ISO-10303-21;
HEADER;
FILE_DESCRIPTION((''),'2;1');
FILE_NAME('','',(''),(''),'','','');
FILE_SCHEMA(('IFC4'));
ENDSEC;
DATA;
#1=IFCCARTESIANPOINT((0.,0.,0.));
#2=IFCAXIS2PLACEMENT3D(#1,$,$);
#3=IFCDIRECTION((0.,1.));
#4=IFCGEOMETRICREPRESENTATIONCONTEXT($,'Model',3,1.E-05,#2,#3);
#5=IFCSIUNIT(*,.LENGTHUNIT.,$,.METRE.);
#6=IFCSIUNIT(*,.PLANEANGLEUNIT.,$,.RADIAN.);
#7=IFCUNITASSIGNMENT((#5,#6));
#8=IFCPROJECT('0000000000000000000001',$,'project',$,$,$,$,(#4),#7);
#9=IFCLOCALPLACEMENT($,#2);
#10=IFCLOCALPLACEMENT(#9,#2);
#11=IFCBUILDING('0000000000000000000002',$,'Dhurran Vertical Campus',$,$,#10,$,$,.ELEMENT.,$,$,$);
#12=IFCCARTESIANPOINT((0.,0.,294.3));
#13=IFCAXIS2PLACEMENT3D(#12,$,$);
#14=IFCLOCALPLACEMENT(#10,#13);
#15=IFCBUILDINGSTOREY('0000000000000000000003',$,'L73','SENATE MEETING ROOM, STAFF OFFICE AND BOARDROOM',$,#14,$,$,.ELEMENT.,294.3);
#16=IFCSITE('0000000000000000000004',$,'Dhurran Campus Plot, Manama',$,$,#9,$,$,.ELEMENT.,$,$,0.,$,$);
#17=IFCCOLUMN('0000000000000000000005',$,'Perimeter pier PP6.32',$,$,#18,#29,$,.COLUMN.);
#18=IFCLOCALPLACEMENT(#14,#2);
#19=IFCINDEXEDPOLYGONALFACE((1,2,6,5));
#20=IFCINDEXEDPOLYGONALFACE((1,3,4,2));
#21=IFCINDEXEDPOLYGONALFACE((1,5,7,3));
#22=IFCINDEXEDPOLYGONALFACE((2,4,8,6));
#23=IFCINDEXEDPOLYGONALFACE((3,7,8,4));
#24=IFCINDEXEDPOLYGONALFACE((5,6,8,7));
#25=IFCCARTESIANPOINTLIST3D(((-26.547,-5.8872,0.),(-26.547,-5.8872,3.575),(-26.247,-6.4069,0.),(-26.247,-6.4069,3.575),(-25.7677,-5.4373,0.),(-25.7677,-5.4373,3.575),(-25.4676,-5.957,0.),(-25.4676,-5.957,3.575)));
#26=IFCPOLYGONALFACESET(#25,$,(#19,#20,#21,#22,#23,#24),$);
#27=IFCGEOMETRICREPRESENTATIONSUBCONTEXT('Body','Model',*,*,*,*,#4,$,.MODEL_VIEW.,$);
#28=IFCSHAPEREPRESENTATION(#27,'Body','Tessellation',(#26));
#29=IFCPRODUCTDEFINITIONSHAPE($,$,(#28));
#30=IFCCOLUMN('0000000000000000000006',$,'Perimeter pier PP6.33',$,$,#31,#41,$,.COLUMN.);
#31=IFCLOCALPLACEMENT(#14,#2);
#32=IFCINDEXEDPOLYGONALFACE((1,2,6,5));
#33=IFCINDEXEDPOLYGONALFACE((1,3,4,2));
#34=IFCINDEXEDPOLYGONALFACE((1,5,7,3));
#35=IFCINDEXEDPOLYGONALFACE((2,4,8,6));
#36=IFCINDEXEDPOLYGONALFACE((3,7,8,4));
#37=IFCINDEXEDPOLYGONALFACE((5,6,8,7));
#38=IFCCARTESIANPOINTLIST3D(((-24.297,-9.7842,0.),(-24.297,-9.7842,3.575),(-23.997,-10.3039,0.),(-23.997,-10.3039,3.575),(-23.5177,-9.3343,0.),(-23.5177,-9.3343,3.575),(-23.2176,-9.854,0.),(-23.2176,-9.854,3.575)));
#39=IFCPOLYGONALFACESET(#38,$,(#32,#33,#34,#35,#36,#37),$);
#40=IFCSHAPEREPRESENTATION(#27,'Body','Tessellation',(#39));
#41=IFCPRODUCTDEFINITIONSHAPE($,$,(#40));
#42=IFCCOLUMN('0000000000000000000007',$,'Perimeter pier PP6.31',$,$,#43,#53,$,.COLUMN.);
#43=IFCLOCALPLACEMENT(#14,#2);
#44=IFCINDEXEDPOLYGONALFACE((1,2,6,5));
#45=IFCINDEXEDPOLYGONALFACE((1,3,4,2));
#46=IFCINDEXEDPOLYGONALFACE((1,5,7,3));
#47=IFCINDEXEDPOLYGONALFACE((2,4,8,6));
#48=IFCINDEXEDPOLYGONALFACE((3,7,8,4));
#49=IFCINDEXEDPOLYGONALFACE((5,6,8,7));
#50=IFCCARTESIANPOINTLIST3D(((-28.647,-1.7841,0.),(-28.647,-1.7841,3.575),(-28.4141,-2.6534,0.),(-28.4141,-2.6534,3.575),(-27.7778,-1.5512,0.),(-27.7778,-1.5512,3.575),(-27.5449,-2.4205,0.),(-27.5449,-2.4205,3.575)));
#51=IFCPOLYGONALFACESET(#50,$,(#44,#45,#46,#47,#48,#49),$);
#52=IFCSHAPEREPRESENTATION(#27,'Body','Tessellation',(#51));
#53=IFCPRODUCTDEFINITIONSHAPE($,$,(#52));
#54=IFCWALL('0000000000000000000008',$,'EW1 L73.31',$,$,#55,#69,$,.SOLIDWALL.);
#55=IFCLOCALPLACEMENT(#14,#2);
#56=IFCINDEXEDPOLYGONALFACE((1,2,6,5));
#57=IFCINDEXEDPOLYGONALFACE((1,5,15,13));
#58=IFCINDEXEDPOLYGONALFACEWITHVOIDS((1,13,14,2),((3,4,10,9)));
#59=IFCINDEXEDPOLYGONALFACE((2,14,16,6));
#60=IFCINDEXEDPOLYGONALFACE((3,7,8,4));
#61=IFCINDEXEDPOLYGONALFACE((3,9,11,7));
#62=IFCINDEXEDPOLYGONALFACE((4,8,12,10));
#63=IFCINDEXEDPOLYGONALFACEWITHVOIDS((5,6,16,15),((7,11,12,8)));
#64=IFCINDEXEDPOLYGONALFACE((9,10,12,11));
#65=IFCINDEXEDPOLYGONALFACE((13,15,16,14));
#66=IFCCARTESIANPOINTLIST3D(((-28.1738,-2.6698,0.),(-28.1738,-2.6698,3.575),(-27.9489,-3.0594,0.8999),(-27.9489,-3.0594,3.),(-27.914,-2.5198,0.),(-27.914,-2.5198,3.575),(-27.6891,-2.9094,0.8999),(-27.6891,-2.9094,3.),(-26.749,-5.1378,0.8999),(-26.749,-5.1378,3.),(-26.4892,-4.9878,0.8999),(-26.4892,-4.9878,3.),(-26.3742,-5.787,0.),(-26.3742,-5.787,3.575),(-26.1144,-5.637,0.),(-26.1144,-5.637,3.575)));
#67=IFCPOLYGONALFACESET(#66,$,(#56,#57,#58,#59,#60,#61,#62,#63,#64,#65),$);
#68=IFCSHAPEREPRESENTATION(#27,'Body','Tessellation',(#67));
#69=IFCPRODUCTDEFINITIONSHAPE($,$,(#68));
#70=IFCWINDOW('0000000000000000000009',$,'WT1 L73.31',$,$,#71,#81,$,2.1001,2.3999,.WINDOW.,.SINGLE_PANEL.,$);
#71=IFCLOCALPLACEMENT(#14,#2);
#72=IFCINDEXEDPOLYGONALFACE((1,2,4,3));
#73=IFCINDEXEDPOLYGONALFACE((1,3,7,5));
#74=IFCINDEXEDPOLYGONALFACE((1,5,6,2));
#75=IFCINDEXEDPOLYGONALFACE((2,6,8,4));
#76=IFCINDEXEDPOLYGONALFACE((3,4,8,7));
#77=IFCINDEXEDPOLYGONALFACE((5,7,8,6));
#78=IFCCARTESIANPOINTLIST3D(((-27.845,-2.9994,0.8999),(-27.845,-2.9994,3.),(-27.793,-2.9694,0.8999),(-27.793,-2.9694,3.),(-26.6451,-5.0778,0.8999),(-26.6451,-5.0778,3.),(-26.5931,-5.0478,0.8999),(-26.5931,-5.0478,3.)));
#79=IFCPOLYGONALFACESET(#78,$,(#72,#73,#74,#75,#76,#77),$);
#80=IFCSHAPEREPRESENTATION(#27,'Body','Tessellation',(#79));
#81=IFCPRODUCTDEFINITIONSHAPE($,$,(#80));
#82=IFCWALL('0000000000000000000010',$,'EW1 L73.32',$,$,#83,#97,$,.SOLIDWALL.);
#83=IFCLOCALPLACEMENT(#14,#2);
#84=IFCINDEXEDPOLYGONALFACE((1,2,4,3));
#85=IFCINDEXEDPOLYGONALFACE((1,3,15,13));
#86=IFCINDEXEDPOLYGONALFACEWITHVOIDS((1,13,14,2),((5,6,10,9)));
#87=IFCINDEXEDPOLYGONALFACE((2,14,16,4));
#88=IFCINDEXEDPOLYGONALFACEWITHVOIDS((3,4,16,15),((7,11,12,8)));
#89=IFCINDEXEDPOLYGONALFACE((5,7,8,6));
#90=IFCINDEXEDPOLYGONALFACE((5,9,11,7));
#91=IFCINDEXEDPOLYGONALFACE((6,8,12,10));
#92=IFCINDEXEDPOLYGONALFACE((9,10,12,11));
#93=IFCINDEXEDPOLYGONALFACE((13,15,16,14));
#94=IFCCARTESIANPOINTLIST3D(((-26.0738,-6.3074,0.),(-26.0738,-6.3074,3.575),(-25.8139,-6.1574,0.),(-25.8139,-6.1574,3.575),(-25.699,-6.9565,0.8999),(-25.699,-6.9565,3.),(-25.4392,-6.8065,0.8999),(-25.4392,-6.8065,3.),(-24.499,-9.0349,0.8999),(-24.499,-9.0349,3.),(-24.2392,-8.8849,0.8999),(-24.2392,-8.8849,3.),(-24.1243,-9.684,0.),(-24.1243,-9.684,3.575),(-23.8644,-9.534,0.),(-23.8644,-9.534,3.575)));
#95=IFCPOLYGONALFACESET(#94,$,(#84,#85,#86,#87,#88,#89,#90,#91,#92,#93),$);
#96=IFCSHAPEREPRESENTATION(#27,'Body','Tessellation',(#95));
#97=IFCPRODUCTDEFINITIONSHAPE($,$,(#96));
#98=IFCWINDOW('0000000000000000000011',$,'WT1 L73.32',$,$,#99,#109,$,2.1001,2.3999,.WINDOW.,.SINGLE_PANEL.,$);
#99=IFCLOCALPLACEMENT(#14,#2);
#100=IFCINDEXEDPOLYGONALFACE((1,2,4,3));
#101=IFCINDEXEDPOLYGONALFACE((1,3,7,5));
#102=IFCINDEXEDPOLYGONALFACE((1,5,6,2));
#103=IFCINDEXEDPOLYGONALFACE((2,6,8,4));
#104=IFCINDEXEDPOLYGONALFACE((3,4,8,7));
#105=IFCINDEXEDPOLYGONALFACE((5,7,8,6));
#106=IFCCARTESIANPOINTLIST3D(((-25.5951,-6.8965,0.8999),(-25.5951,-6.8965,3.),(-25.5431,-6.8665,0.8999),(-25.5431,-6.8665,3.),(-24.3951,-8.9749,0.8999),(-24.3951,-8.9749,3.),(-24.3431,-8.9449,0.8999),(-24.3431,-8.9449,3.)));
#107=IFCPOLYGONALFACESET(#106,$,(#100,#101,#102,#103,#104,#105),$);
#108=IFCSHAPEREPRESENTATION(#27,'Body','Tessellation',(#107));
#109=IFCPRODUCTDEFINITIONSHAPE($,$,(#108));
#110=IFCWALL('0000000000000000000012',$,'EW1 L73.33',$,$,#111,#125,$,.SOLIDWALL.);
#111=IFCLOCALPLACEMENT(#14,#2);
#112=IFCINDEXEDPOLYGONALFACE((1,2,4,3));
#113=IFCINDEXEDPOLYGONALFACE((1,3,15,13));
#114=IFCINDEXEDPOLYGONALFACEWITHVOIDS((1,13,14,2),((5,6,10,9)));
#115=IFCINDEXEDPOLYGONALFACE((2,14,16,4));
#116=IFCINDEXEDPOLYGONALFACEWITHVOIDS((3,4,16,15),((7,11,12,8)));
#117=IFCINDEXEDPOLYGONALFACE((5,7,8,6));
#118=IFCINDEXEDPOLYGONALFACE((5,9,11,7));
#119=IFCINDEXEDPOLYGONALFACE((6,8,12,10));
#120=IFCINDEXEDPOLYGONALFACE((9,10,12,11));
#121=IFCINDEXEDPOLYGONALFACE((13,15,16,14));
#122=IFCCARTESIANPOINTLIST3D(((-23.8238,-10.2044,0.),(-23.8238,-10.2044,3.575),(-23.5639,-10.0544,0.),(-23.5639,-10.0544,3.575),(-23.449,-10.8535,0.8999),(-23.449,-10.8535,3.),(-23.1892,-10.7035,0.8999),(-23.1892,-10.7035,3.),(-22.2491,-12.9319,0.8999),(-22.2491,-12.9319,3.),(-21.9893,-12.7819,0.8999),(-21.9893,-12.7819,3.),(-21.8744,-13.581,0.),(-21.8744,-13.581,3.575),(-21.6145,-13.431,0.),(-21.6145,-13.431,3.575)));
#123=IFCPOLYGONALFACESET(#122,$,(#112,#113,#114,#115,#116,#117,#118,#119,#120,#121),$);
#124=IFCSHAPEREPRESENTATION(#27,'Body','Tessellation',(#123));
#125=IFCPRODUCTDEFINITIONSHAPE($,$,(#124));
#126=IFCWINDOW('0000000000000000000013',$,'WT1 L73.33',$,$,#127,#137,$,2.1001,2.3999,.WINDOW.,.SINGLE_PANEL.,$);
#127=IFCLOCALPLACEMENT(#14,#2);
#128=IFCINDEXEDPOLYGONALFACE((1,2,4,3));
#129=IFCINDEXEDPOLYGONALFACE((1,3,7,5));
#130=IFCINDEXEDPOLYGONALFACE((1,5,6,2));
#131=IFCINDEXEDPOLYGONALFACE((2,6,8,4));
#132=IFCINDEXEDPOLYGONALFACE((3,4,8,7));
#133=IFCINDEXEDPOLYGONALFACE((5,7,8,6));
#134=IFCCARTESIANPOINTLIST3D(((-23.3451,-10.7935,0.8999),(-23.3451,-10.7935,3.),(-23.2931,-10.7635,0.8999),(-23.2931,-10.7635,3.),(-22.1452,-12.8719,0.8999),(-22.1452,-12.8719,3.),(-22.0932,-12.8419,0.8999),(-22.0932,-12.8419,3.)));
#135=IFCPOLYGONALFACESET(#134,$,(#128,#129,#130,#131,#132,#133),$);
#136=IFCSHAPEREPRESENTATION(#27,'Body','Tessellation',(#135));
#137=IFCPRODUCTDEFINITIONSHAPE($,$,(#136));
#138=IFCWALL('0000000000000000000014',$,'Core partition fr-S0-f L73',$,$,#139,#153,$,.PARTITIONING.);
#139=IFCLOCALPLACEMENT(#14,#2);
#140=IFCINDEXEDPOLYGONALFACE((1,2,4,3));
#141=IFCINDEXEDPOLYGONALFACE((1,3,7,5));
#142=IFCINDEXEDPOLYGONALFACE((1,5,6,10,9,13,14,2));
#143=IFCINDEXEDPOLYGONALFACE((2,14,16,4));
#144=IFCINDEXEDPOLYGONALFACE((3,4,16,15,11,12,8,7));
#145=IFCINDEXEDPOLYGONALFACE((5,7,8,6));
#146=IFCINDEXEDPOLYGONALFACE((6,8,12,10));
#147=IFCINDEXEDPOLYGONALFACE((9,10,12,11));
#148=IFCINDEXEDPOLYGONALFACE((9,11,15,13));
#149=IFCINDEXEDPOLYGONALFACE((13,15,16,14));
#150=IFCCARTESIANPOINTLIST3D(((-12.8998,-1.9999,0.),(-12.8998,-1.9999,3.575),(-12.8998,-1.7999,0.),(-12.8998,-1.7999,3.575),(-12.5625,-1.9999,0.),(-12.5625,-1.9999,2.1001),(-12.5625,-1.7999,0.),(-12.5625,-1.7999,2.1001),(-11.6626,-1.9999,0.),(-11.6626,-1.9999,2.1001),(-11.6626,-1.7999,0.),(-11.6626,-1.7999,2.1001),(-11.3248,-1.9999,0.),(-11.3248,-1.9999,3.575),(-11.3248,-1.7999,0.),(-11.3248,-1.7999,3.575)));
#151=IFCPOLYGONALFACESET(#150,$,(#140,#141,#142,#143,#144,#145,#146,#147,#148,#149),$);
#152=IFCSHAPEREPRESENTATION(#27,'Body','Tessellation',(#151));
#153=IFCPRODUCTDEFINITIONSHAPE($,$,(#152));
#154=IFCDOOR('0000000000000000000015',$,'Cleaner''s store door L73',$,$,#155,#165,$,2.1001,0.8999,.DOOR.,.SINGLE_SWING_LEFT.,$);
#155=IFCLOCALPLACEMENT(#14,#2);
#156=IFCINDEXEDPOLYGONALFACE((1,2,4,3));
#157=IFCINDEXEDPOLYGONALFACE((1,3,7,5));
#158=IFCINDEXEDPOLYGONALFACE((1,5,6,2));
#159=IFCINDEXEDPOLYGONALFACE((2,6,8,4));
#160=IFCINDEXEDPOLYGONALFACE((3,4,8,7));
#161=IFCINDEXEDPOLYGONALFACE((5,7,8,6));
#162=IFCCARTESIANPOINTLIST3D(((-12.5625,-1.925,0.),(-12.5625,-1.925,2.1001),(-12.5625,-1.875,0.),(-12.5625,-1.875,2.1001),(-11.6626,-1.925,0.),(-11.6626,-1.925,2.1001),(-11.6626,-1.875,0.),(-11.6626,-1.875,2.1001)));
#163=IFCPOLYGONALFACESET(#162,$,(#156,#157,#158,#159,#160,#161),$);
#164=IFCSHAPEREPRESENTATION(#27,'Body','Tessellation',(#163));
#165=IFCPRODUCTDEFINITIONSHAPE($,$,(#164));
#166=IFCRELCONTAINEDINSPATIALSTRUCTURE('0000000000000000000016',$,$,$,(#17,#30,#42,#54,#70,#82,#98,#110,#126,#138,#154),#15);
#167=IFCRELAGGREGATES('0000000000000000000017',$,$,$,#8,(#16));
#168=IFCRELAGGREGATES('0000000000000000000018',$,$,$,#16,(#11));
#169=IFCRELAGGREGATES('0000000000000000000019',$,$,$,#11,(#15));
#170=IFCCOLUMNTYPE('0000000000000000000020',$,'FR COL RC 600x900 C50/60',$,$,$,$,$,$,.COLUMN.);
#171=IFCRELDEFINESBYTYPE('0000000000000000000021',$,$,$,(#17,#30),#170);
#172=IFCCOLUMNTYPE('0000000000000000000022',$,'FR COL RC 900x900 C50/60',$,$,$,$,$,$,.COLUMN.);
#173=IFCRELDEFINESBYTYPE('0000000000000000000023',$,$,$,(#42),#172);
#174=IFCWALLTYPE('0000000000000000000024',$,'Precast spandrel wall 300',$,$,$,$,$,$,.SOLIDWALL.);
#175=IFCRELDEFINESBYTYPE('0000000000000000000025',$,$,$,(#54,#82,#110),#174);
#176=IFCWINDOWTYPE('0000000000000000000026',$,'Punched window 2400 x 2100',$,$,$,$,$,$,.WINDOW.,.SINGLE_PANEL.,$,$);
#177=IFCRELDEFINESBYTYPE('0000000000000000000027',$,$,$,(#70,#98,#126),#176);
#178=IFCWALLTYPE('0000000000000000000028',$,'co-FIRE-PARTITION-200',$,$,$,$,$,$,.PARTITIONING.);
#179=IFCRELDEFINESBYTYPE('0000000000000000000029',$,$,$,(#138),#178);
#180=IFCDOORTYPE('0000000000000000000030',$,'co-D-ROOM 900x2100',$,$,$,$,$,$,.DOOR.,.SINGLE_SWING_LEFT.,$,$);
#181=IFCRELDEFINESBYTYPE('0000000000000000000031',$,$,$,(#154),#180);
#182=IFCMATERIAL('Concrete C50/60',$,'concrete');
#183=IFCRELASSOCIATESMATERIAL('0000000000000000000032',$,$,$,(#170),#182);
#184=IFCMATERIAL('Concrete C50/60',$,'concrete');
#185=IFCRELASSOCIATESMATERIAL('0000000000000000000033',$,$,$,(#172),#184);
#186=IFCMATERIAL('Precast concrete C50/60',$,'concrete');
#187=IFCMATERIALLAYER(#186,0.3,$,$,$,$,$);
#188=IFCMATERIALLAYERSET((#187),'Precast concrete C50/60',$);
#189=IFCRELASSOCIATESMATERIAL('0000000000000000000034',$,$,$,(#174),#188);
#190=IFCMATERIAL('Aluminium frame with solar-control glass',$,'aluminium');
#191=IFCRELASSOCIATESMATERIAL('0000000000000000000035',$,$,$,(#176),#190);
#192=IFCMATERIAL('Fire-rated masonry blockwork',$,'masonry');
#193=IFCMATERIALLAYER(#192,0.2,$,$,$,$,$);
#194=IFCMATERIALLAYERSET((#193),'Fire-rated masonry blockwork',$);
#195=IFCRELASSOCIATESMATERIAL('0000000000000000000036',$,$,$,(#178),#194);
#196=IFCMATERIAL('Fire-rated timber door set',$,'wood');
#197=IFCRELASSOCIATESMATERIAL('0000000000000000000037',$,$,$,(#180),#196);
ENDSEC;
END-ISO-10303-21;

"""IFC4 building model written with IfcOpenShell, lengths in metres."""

from ifc_helpers import new_model, si_unit, direction, frame, frame_2d, origin, origin_2d, place, context, subcontext, project, spatial, rectangle, extrude, material, layer, layer_set, material_profile, profile_set, type_object, element, fill, save


model = new_model("IFC4")

# Units and contexts
model_context = context("Model", 3, precision=1e-05, world=origin(), true_north=direction((0.0, 1.0)))
body_context = subcontext(model_context, "Body", "Model", "MODEL_VIEW")
ifc_project = project(units=[si_unit("LENGTHUNIT", "METRE"), si_unit("PLANEANGLEUNIT", "RADIAN")], contexts=[model_context])

# Site, building, storey
site_placement = place(None, origin())
site = spatial("IfcSite", under=ifc_project, at=site_placement, Name="Dhurran Campus Plot, Manama", CompositionType="ELEMENT", RefElevation=0.0)
building_placement = place(site_placement, origin())
building = spatial("IfcBuilding", under=site, at=building_placement, Name="Dhurran Vertical Campus", CompositionType="ELEMENT")
storey_placement = place(building_placement, frame((0.0, 0.0, 294.3)))
storey = spatial("IfcBuildingStorey", under=building, at=storey_placement, Name="L73", Description="SENATE MEETING ROOM, STAFF OFFICE AND BOARDROOM", CompositionType="ELEMENT", Elevation=294.3)

# Columns
ifc_material_1 = material(Name="Concrete C50/60", Category="concrete")
ifc_material_profile_1 = material_profile(ifc_material_1, rectangle(XDim=0.6001, YDim=0.8999, at=origin_2d()), Name="RC 600x900")
ifc_profile_set_1 = profile_set([ifc_material_profile_1], Name="Concrete C50/60")
column_type_1 = type_object("IfcColumnType", Name="FR COL RC 600x900 C50/60", PredefinedType="COLUMN", material=ifc_profile_set_1)
for number, where, z_axis, x_axis, name in (
    (1, (-26.0073, -5.9221, 0.0), (0.0, 0.0, 1.0), (0.5, -0.866025, 0.0), "Perimeter pier PP6.32"),
    (2, (-23.7573, -9.8191, 0.0), (0.0, 0.0, 1.0), (0.5, -0.866025, 0.0), "Perimeter pier PP6.33"),
):
    element("IfcColumn", number, at=place(storey_placement, frame(where, z_axis=z_axis, x_axis=x_axis)), inside=storey, type_object=column_type_1, Name=name, PredefinedType="COLUMN", context=body_context, shape_type="SweptSolid", body=[
        extrude(rectangle(XDim=0.6001, YDim=0.8999, at=origin_2d()), origin(), (0.0, 0.0, 1.0), 3.575),
    ])
ifc_material_2 = material(Name="Concrete C50/60", Category="concrete")
ifc_material_profile_2 = material_profile(ifc_material_2, rectangle(XDim=0.8999, YDim=0.8999, at=origin_2d()), Name="RC 900x900")
ifc_profile_set_2 = profile_set([ifc_material_profile_2], Name="Concrete C50/60")
column_type_2 = type_object("IfcColumnType", Name="FR COL RC 900x900 C50/60", PredefinedType="COLUMN", material=ifc_profile_set_2)
column_placement = place(storey_placement, frame((-28.0959, -2.1023, 0.0), z_axis=(0.0, 0.0, 1.0), x_axis=(0.258819, -0.965926, 0.0)))
element("IfcColumn", 3, at=column_placement, inside=storey, type_object=column_type_2, Name="Perimeter pier PP6.31", PredefinedType="COLUMN", context=body_context, shape_type="SweptSolid", body=[
    extrude(rectangle(XDim=0.8999, YDim=0.8999, at=origin_2d()), origin(), (0.0, 0.0, 1.0), 3.575),
])

# Walls, openings, windows
ifc_material_3 = material(Name="Precast concrete C50/60", Category="concrete")
ifc_layer_1 = layer(ifc_material_3, 0.3)
ifc_layer_set_1 = layer_set([ifc_layer_1], Name="Precast concrete C50/60")
wall_type_1 = type_object("IfcWallType", Name="Precast spandrel wall 300", PredefinedType="SOLIDWALL", material=ifc_layer_set_1)
wall_1_placement = place(storey_placement, frame((-28.0439, -2.5947, 0.0), z_axis=(0.0, 0.0, 1.0), x_axis=(0.499969, -0.866043, 0.0)))
wall_1 = element("IfcWall", 4, at=wall_1_placement, inside=storey, type_object=wall_type_1, Name="EW1 L73.31", PredefinedType="SOLIDWALL", context=body_context, shape_type="SweptSolid", body=[
    extrude(rectangle(XDim=3.5994, YDim=0.3, at=frame_2d((1.7998, 0.0))), origin(), (0.0, 0.0, 1.0), 3.575),
])
opening_1_placement = place(wall_1_placement, frame((0.45, 0.0, 0.8999)))
opening_1 = element("IfcOpeningElement", 5, at=opening_1_placement, cuts=wall_1, PredefinedType="OPENING", context=body_context, shape_type="SweptSolid", body=[
    extrude(rectangle(XDim=2.3999, YDim=2.1001, at=frame_2d((1.2, 1.05))), frame((0.0, 0.1599, 0.0), z_axis=(0.0, -1.0, 0.0), x_axis=(1.0, 0.0, 0.0)), (0.0, 0.0, 1.0), 0.3201),
])
ifc_material_4 = material(Name="Aluminium frame with solar-control glass", Category="aluminium")
window_type = type_object("IfcWindowType", Name="Punched window 2400 x 2100", PartitioningType="SINGLE_PANEL", PredefinedType="WINDOW", material=ifc_material_4)
window_1_placement = place(opening_1_placement, origin())
window_1 = element("IfcWindow", 6, at=window_1_placement, inside=storey, type_object=window_type, Name="WT1 L73.31", OverallHeight=2.1001, OverallWidth=2.3999, PartitioningType="SINGLE_PANEL", PredefinedType="WINDOW", context=body_context, shape_type="SweptSolid", body=[
    extrude(rectangle(XDim=2.3999, YDim=2.1001, at=frame_2d((1.2, 1.05))), frame((0.0, 0.03, 0.0), z_axis=(0.0, -1.0, 0.0), x_axis=(1.0, 0.0, 0.0)), (0.0, 0.0, 1.0), 0.0601),
])
fill(opening_1, window_1)
wall_2_placement = place(storey_placement, frame((-25.9438, -6.2324, 0.0), z_axis=(0.0, 0.0, 1.0), x_axis=(0.500012, -0.866019, 0.0)))
wall_2 = element("IfcWall", 7, at=wall_2_placement, inside=storey, type_object=wall_type_1, Name="EW1 L73.32", PredefinedType="SOLIDWALL", context=body_context, shape_type="SweptSolid", body=[
    extrude(rectangle(XDim=3.8989, YDim=0.3, at=frame_2d((1.9495, 0.0))), origin(), (0.0, 0.0, 1.0), 3.575),
])
opening_2_placement = place(wall_2_placement, frame((0.7495, 0.0, 0.8999)))
opening_2 = element("IfcOpeningElement", 8, at=opening_2_placement, cuts=wall_2, PredefinedType="OPENING", context=body_context, shape_type="SweptSolid", body=[
    extrude(rectangle(XDim=2.3999, YDim=2.1001, at=frame_2d((1.2, 1.05))), frame((0.0, 0.1599, 0.0), z_axis=(0.0, -1.0, 0.0), x_axis=(1.0, 0.0, 0.0)), (0.0, 0.0, 1.0), 0.3201),
])
window_2_placement = place(opening_2_placement, origin())
window_2 = element("IfcWindow", 9, at=window_2_placement, inside=storey, type_object=window_type, Name="WT1 L73.32", OverallHeight=2.1001, OverallWidth=2.3999, PartitioningType="SINGLE_PANEL", PredefinedType="WINDOW", context=body_context, shape_type="SweptSolid", body=[
    extrude(rectangle(XDim=2.3999, YDim=2.1001, at=frame_2d((1.2, 1.05))), frame((0.0, 0.03, 0.0), z_axis=(0.0, -1.0, 0.0), x_axis=(1.0, 0.0, 0.0)), (0.0, 0.0, 1.0), 0.0601),
])
fill(opening_2, window_2)
wall_3_placement = place(storey_placement, frame((-23.6938, -10.1294, 0.0), z_axis=(0.0, 0.0, 1.0), x_axis=(0.499984, -0.866034, 0.0)))
wall_3 = element("IfcWall", 10, at=wall_3_placement, inside=storey, type_object=wall_type_1, Name="EW1 L73.33", PredefinedType="SOLIDWALL", context=body_context, shape_type="SweptSolid", body=[
    extrude(rectangle(XDim=3.8989, YDim=0.3, at=frame_2d((1.9495, 0.0))), origin(), (0.0, 0.0, 1.0), 3.575),
])
opening_3_placement = place(wall_3_placement, frame((0.7495, 0.0, 0.8999)))
opening_3 = element("IfcOpeningElement", 11, at=opening_3_placement, cuts=wall_3, PredefinedType="OPENING", context=body_context, shape_type="SweptSolid", body=[
    extrude(rectangle(XDim=2.3999, YDim=2.1001, at=frame_2d((1.2, 1.05))), frame((0.0, 0.1599, 0.0), z_axis=(0.0, -1.0, 0.0), x_axis=(1.0, 0.0, 0.0)), (0.0, 0.0, 1.0), 0.3201),
])
window_3_placement = place(opening_3_placement, origin())
window_3 = element("IfcWindow", 12, at=window_3_placement, inside=storey, type_object=window_type, Name="WT1 L73.33", OverallHeight=2.1001, OverallWidth=2.3999, PartitioningType="SINGLE_PANEL", PredefinedType="WINDOW", context=body_context, shape_type="SweptSolid", body=[
    extrude(rectangle(XDim=2.3999, YDim=2.1001, at=frame_2d((1.2, 1.05))), frame((0.0, 0.03, 0.0), z_axis=(0.0, -1.0, 0.0), x_axis=(1.0, 0.0, 0.0)), (0.0, 0.0, 1.0), 0.0601),
])
fill(opening_3, window_3)

# Wall, opening, door
ifc_material_5 = material(Name="Fire-rated masonry blockwork", Category="masonry")
ifc_layer_2 = layer(ifc_material_5, 0.2)
ifc_layer_set_2 = layer_set([ifc_layer_2], Name="Fire-rated masonry blockwork")
wall_type_2 = type_object("IfcWallType", Name="co-FIRE-PARTITION-200", PredefinedType="PARTITIONING", material=ifc_layer_set_2)
wall_4_placement = place(storey_placement, frame((-12.8999, -1.8999, 0.0), z_axis=(0.0, 0.0, 1.0), x_axis=(1.0, 0.0, 0.0)))
wall_4 = element("IfcWall", 13, at=wall_4_placement, inside=storey, type_object=wall_type_2, Name="Core partition fr-S0-f L73", PredefinedType="PARTITIONING", context=body_context, shape_type="SweptSolid", body=[
    extrude(rectangle(XDim=1.575, YDim=0.2, at=frame_2d((0.7876, 0.0))), origin(), (0.0, 0.0, 1.0), 3.575),
])
opening_4_placement = place(wall_4_placement, frame((0.3374, 0.0, 0.0)))
opening_4 = element("IfcOpeningElement", 14, at=opening_4_placement, cuts=wall_4, PredefinedType="OPENING", context=body_context, shape_type="SweptSolid", body=[
    extrude(rectangle(XDim=0.8999, YDim=2.1001, at=frame_2d((0.45, 1.05))), frame((0.0, 0.1099, 0.0), z_axis=(0.0, -1.0, 0.0), x_axis=(1.0, 0.0, 0.0)), (0.0, 0.0, 1.0), 0.22),
])
ifc_material_6 = material(Name="Fire-rated timber door set", Category="wood")
door_type_1 = type_object("IfcDoorType", Name="co-D-ROOM 900x2100", OperationType="SINGLE_SWING_LEFT", PredefinedType="DOOR", material=ifc_material_6)
door_1_placement = place(opening_4_placement, origin())
door_1 = element("IfcDoor", 15, at=door_1_placement, inside=storey, type_object=door_type_1, Name="Cleaner's store door L73", OperationType="SINGLE_SWING_LEFT", OverallHeight=2.1001, OverallWidth=0.8999, PredefinedType="DOOR", context=body_context, shape_type="SweptSolid", body=[
    extrude(rectangle(XDim=0.8999, YDim=2.1001, at=frame_2d((0.45, 1.05))), frame((0.0, 0.0249, 0.0), z_axis=(0.0, -1.0, 0.0), x_axis=(1.0, 0.0, 0.0)), (0.0, 0.0, 1.0), 0.05),
])
fill(opening_4, door_1)

save(model, "model.ifc")
